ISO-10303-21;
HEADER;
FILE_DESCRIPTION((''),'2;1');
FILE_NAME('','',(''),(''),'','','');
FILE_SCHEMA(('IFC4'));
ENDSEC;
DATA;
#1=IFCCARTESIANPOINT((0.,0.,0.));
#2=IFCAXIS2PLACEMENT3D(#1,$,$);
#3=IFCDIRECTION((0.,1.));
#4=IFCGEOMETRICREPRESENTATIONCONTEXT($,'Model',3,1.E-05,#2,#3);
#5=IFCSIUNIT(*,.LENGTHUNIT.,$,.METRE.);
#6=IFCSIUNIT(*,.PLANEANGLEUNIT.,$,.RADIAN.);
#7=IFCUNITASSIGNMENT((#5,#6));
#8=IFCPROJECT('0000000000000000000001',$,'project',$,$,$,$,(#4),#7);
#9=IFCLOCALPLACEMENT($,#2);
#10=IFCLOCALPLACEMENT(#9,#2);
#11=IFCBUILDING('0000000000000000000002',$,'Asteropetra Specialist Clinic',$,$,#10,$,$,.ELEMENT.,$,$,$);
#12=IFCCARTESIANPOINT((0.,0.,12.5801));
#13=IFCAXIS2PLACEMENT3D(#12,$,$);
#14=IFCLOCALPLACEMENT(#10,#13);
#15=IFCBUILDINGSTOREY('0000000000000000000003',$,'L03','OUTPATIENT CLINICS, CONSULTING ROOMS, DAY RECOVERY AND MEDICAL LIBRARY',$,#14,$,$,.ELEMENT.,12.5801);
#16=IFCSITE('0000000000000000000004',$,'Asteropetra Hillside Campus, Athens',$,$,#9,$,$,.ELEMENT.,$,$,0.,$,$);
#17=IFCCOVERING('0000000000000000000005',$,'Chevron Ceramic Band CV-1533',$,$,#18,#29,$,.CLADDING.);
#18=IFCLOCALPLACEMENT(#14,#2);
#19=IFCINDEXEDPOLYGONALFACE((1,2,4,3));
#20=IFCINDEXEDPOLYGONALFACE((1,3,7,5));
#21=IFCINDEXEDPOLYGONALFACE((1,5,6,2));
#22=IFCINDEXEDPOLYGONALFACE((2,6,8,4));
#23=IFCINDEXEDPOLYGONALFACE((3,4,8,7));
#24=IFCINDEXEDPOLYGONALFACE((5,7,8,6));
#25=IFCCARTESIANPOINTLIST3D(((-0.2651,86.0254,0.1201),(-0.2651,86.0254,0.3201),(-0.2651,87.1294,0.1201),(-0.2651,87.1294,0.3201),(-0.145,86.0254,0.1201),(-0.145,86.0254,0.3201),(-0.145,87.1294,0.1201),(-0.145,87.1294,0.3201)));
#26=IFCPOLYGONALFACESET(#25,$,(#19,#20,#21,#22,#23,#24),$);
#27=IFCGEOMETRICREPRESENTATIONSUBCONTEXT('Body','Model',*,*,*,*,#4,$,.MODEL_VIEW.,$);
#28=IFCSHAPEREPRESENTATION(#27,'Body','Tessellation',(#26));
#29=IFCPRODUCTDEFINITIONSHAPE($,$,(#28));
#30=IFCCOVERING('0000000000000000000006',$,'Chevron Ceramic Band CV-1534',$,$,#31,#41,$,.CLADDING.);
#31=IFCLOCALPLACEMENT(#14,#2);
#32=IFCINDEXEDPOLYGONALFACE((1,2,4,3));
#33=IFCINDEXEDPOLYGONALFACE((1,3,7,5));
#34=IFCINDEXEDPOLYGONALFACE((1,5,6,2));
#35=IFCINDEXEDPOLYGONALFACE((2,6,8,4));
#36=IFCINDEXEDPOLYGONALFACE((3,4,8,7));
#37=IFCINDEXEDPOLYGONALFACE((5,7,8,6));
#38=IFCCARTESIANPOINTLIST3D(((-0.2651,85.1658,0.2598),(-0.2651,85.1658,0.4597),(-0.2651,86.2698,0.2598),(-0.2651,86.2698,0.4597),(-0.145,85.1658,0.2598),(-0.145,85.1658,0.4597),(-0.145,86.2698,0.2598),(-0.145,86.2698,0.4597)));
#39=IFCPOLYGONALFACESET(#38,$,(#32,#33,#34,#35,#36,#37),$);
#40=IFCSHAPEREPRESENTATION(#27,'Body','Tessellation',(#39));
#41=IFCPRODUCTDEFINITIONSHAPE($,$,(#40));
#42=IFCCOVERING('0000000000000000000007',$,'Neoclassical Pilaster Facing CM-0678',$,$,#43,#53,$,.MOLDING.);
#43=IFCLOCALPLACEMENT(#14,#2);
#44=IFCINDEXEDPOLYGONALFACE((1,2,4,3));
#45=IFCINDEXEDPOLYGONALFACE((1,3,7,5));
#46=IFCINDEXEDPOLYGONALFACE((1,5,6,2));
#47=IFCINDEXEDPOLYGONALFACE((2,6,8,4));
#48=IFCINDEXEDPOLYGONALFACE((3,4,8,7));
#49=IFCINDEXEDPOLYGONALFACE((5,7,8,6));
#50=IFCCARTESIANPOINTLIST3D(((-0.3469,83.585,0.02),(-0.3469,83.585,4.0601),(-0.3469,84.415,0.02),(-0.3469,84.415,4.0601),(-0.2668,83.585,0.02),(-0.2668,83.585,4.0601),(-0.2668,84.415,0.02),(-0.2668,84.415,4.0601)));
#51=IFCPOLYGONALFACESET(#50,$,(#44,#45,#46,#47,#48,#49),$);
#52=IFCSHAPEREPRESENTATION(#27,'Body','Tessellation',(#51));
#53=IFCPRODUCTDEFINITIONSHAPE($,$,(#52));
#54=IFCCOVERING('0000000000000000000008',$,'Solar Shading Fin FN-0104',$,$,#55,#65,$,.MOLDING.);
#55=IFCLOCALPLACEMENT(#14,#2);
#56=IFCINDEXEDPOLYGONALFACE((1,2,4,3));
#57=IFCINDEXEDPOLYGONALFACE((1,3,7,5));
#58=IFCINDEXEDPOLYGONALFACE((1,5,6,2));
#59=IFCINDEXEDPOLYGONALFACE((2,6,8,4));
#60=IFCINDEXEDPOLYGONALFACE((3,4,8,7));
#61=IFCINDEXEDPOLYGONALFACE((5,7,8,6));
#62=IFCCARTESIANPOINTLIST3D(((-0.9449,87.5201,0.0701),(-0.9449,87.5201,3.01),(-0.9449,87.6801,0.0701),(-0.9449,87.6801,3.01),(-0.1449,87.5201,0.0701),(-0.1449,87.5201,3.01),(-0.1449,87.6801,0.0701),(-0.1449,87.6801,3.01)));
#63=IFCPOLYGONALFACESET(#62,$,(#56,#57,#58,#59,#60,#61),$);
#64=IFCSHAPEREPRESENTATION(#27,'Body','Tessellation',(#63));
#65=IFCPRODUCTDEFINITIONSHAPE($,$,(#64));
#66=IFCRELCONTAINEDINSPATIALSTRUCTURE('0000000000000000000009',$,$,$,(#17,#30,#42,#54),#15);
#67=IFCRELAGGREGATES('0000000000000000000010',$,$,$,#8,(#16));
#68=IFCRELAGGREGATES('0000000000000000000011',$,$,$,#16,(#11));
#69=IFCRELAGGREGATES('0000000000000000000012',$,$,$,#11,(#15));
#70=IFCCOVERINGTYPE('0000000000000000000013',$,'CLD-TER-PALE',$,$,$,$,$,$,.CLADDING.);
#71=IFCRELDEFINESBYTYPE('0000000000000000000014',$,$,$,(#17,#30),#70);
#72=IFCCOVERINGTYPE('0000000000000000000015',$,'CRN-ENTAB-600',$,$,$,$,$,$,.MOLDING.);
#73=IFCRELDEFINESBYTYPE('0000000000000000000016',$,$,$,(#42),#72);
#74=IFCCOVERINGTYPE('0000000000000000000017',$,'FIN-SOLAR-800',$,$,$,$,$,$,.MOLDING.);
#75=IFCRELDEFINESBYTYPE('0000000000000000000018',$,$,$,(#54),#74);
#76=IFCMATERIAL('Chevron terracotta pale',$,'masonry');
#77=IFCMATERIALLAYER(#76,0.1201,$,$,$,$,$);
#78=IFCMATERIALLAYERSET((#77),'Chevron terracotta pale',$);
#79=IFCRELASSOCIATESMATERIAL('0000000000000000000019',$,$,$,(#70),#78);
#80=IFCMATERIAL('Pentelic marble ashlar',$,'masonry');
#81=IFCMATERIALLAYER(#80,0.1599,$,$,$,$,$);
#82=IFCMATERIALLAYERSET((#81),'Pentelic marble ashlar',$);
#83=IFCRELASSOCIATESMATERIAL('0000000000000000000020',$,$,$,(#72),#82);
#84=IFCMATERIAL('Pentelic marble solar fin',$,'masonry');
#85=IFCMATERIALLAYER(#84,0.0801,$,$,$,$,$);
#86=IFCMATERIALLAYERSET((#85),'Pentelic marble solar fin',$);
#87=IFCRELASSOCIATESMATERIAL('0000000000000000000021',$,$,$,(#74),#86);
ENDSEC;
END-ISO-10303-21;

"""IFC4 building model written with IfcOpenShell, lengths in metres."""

from ifc_helpers import new_model, si_unit, direction, frame, origin, origin_2d, place, context, subcontext, project, spatial, rectangle, extrude, material, layer, layer_set, type_object, element, save


model = new_model("IFC4")

# Units and contexts
model_context = context("Model", 3, precision=1e-05, world=origin(), true_north=direction((0.0, 1.0)))
body_context = subcontext(model_context, "Body", "Model", "MODEL_VIEW")
ifc_project = project(units=[si_unit("LENGTHUNIT", "METRE"), si_unit("PLANEANGLEUNIT", "RADIAN")], contexts=[model_context])

# Site, building, storey
site_placement = place(None, origin())
site = spatial("IfcSite", under=ifc_project, at=site_placement, Name="Asteropetra Hillside Campus, Athens", CompositionType="ELEMENT", RefElevation=0.0)
building_placement = place(site_placement, origin())
building = spatial("IfcBuilding", under=site, at=building_placement, Name="Asteropetra Specialist Clinic", CompositionType="ELEMENT")
storey_placement = place(building_placement, frame((0.0, 0.0, 12.5801)))
storey = spatial("IfcBuildingStorey", under=building, at=storey_placement, Name="L03", Description="OUTPATIENT CLINICS, CONSULTING ROOMS, DAY RECOVERY AND MEDICAL LIBRARY", CompositionType="ELEMENT", Elevation=12.5801)

# Coverings
ifc_material_1 = material(Name="Chevron terracotta pale", Category="masonry")
ifc_layer_1 = layer(ifc_material_1, 0.1201)
ifc_layer_set_1 = layer_set([ifc_layer_1], Name="Chevron terracotta pale")
covering_type_1 = type_object("IfcCoveringType", Name="CLD-TER-PALE", PredefinedType="CLADDING", material=ifc_layer_set_1)
for number, where, z_axis, x_axis, name in (
    (1, (-0.2051, 86.5774, 0.1201), (0.0, 0.0, 1.0), (1.0, 0.0, 0.0), "Chevron Ceramic Band CV-1533"),
    (2, (-0.2051, 85.7178, 0.2598), (0.0, 0.0, 1.0), (1.0, 0.0, 0.0), "Chevron Ceramic Band CV-1534"),
):
    element("IfcCovering", number, at=place(storey_placement, frame(where, z_axis=z_axis, x_axis=x_axis)), inside=storey, type_object=covering_type_1, Name=name, PredefinedType="CLADDING", context=body_context, shape_type="SweptSolid", body=[
        extrude(rectangle(XDim=0.1201, YDim=1.104, at=origin_2d()), origin(), (0.0, 0.0, 1.0), 0.2),
    ])
ifc_material_2 = material(Name="Pentelic marble ashlar", Category="masonry")
ifc_layer_2 = layer(ifc_material_2, 0.1599)
ifc_layer_set_2 = layer_set([ifc_layer_2], Name="Pentelic marble ashlar")
covering_type_2 = type_object("IfcCoveringType", Name="CRN-ENTAB-600", PredefinedType="MOLDING", material=ifc_layer_set_2)
covering_1_placement = place(storey_placement, frame((-0.3069, 84.0, 0.02), z_axis=(0.0, 0.0, 1.0), x_axis=(1.0, 0.0, 0.0)))
element("IfcCovering", 3, at=covering_1_placement, inside=storey, type_object=covering_type_2, Name="Neoclassical Pilaster Facing CM-0678", PredefinedType="MOLDING", context=body_context, shape_type="SweptSolid", body=[
    extrude(rectangle(XDim=0.0801, YDim=0.8301, at=origin_2d()), origin(), (0.0, 0.0, 1.0), 4.04),
])
ifc_material_3 = material(Name="Pentelic marble solar fin", Category="masonry")
ifc_layer_3 = layer(ifc_material_3, 0.0801)
ifc_layer_set_3 = layer_set([ifc_layer_3], Name="Pentelic marble solar fin")
covering_type_3 = type_object("IfcCoveringType", Name="FIN-SOLAR-800", PredefinedType="MOLDING", material=ifc_layer_set_3)
covering_2_placement = place(storey_placement, frame((-0.5449, 87.6001, 0.0701), z_axis=(0.0, 0.0, 1.0), x_axis=(1.0, 0.0, 0.0)))
element("IfcCovering", 4, at=covering_2_placement, inside=storey, type_object=covering_type_3, Name="Solar Shading Fin FN-0104", PredefinedType="MOLDING", context=body_context, shape_type="SweptSolid", body=[
    extrude(rectangle(XDim=0.8, YDim=0.1599, at=origin_2d()), origin(), (0.0, 0.0, 1.0), 2.9399),
])

save(model, "model.ifc")
